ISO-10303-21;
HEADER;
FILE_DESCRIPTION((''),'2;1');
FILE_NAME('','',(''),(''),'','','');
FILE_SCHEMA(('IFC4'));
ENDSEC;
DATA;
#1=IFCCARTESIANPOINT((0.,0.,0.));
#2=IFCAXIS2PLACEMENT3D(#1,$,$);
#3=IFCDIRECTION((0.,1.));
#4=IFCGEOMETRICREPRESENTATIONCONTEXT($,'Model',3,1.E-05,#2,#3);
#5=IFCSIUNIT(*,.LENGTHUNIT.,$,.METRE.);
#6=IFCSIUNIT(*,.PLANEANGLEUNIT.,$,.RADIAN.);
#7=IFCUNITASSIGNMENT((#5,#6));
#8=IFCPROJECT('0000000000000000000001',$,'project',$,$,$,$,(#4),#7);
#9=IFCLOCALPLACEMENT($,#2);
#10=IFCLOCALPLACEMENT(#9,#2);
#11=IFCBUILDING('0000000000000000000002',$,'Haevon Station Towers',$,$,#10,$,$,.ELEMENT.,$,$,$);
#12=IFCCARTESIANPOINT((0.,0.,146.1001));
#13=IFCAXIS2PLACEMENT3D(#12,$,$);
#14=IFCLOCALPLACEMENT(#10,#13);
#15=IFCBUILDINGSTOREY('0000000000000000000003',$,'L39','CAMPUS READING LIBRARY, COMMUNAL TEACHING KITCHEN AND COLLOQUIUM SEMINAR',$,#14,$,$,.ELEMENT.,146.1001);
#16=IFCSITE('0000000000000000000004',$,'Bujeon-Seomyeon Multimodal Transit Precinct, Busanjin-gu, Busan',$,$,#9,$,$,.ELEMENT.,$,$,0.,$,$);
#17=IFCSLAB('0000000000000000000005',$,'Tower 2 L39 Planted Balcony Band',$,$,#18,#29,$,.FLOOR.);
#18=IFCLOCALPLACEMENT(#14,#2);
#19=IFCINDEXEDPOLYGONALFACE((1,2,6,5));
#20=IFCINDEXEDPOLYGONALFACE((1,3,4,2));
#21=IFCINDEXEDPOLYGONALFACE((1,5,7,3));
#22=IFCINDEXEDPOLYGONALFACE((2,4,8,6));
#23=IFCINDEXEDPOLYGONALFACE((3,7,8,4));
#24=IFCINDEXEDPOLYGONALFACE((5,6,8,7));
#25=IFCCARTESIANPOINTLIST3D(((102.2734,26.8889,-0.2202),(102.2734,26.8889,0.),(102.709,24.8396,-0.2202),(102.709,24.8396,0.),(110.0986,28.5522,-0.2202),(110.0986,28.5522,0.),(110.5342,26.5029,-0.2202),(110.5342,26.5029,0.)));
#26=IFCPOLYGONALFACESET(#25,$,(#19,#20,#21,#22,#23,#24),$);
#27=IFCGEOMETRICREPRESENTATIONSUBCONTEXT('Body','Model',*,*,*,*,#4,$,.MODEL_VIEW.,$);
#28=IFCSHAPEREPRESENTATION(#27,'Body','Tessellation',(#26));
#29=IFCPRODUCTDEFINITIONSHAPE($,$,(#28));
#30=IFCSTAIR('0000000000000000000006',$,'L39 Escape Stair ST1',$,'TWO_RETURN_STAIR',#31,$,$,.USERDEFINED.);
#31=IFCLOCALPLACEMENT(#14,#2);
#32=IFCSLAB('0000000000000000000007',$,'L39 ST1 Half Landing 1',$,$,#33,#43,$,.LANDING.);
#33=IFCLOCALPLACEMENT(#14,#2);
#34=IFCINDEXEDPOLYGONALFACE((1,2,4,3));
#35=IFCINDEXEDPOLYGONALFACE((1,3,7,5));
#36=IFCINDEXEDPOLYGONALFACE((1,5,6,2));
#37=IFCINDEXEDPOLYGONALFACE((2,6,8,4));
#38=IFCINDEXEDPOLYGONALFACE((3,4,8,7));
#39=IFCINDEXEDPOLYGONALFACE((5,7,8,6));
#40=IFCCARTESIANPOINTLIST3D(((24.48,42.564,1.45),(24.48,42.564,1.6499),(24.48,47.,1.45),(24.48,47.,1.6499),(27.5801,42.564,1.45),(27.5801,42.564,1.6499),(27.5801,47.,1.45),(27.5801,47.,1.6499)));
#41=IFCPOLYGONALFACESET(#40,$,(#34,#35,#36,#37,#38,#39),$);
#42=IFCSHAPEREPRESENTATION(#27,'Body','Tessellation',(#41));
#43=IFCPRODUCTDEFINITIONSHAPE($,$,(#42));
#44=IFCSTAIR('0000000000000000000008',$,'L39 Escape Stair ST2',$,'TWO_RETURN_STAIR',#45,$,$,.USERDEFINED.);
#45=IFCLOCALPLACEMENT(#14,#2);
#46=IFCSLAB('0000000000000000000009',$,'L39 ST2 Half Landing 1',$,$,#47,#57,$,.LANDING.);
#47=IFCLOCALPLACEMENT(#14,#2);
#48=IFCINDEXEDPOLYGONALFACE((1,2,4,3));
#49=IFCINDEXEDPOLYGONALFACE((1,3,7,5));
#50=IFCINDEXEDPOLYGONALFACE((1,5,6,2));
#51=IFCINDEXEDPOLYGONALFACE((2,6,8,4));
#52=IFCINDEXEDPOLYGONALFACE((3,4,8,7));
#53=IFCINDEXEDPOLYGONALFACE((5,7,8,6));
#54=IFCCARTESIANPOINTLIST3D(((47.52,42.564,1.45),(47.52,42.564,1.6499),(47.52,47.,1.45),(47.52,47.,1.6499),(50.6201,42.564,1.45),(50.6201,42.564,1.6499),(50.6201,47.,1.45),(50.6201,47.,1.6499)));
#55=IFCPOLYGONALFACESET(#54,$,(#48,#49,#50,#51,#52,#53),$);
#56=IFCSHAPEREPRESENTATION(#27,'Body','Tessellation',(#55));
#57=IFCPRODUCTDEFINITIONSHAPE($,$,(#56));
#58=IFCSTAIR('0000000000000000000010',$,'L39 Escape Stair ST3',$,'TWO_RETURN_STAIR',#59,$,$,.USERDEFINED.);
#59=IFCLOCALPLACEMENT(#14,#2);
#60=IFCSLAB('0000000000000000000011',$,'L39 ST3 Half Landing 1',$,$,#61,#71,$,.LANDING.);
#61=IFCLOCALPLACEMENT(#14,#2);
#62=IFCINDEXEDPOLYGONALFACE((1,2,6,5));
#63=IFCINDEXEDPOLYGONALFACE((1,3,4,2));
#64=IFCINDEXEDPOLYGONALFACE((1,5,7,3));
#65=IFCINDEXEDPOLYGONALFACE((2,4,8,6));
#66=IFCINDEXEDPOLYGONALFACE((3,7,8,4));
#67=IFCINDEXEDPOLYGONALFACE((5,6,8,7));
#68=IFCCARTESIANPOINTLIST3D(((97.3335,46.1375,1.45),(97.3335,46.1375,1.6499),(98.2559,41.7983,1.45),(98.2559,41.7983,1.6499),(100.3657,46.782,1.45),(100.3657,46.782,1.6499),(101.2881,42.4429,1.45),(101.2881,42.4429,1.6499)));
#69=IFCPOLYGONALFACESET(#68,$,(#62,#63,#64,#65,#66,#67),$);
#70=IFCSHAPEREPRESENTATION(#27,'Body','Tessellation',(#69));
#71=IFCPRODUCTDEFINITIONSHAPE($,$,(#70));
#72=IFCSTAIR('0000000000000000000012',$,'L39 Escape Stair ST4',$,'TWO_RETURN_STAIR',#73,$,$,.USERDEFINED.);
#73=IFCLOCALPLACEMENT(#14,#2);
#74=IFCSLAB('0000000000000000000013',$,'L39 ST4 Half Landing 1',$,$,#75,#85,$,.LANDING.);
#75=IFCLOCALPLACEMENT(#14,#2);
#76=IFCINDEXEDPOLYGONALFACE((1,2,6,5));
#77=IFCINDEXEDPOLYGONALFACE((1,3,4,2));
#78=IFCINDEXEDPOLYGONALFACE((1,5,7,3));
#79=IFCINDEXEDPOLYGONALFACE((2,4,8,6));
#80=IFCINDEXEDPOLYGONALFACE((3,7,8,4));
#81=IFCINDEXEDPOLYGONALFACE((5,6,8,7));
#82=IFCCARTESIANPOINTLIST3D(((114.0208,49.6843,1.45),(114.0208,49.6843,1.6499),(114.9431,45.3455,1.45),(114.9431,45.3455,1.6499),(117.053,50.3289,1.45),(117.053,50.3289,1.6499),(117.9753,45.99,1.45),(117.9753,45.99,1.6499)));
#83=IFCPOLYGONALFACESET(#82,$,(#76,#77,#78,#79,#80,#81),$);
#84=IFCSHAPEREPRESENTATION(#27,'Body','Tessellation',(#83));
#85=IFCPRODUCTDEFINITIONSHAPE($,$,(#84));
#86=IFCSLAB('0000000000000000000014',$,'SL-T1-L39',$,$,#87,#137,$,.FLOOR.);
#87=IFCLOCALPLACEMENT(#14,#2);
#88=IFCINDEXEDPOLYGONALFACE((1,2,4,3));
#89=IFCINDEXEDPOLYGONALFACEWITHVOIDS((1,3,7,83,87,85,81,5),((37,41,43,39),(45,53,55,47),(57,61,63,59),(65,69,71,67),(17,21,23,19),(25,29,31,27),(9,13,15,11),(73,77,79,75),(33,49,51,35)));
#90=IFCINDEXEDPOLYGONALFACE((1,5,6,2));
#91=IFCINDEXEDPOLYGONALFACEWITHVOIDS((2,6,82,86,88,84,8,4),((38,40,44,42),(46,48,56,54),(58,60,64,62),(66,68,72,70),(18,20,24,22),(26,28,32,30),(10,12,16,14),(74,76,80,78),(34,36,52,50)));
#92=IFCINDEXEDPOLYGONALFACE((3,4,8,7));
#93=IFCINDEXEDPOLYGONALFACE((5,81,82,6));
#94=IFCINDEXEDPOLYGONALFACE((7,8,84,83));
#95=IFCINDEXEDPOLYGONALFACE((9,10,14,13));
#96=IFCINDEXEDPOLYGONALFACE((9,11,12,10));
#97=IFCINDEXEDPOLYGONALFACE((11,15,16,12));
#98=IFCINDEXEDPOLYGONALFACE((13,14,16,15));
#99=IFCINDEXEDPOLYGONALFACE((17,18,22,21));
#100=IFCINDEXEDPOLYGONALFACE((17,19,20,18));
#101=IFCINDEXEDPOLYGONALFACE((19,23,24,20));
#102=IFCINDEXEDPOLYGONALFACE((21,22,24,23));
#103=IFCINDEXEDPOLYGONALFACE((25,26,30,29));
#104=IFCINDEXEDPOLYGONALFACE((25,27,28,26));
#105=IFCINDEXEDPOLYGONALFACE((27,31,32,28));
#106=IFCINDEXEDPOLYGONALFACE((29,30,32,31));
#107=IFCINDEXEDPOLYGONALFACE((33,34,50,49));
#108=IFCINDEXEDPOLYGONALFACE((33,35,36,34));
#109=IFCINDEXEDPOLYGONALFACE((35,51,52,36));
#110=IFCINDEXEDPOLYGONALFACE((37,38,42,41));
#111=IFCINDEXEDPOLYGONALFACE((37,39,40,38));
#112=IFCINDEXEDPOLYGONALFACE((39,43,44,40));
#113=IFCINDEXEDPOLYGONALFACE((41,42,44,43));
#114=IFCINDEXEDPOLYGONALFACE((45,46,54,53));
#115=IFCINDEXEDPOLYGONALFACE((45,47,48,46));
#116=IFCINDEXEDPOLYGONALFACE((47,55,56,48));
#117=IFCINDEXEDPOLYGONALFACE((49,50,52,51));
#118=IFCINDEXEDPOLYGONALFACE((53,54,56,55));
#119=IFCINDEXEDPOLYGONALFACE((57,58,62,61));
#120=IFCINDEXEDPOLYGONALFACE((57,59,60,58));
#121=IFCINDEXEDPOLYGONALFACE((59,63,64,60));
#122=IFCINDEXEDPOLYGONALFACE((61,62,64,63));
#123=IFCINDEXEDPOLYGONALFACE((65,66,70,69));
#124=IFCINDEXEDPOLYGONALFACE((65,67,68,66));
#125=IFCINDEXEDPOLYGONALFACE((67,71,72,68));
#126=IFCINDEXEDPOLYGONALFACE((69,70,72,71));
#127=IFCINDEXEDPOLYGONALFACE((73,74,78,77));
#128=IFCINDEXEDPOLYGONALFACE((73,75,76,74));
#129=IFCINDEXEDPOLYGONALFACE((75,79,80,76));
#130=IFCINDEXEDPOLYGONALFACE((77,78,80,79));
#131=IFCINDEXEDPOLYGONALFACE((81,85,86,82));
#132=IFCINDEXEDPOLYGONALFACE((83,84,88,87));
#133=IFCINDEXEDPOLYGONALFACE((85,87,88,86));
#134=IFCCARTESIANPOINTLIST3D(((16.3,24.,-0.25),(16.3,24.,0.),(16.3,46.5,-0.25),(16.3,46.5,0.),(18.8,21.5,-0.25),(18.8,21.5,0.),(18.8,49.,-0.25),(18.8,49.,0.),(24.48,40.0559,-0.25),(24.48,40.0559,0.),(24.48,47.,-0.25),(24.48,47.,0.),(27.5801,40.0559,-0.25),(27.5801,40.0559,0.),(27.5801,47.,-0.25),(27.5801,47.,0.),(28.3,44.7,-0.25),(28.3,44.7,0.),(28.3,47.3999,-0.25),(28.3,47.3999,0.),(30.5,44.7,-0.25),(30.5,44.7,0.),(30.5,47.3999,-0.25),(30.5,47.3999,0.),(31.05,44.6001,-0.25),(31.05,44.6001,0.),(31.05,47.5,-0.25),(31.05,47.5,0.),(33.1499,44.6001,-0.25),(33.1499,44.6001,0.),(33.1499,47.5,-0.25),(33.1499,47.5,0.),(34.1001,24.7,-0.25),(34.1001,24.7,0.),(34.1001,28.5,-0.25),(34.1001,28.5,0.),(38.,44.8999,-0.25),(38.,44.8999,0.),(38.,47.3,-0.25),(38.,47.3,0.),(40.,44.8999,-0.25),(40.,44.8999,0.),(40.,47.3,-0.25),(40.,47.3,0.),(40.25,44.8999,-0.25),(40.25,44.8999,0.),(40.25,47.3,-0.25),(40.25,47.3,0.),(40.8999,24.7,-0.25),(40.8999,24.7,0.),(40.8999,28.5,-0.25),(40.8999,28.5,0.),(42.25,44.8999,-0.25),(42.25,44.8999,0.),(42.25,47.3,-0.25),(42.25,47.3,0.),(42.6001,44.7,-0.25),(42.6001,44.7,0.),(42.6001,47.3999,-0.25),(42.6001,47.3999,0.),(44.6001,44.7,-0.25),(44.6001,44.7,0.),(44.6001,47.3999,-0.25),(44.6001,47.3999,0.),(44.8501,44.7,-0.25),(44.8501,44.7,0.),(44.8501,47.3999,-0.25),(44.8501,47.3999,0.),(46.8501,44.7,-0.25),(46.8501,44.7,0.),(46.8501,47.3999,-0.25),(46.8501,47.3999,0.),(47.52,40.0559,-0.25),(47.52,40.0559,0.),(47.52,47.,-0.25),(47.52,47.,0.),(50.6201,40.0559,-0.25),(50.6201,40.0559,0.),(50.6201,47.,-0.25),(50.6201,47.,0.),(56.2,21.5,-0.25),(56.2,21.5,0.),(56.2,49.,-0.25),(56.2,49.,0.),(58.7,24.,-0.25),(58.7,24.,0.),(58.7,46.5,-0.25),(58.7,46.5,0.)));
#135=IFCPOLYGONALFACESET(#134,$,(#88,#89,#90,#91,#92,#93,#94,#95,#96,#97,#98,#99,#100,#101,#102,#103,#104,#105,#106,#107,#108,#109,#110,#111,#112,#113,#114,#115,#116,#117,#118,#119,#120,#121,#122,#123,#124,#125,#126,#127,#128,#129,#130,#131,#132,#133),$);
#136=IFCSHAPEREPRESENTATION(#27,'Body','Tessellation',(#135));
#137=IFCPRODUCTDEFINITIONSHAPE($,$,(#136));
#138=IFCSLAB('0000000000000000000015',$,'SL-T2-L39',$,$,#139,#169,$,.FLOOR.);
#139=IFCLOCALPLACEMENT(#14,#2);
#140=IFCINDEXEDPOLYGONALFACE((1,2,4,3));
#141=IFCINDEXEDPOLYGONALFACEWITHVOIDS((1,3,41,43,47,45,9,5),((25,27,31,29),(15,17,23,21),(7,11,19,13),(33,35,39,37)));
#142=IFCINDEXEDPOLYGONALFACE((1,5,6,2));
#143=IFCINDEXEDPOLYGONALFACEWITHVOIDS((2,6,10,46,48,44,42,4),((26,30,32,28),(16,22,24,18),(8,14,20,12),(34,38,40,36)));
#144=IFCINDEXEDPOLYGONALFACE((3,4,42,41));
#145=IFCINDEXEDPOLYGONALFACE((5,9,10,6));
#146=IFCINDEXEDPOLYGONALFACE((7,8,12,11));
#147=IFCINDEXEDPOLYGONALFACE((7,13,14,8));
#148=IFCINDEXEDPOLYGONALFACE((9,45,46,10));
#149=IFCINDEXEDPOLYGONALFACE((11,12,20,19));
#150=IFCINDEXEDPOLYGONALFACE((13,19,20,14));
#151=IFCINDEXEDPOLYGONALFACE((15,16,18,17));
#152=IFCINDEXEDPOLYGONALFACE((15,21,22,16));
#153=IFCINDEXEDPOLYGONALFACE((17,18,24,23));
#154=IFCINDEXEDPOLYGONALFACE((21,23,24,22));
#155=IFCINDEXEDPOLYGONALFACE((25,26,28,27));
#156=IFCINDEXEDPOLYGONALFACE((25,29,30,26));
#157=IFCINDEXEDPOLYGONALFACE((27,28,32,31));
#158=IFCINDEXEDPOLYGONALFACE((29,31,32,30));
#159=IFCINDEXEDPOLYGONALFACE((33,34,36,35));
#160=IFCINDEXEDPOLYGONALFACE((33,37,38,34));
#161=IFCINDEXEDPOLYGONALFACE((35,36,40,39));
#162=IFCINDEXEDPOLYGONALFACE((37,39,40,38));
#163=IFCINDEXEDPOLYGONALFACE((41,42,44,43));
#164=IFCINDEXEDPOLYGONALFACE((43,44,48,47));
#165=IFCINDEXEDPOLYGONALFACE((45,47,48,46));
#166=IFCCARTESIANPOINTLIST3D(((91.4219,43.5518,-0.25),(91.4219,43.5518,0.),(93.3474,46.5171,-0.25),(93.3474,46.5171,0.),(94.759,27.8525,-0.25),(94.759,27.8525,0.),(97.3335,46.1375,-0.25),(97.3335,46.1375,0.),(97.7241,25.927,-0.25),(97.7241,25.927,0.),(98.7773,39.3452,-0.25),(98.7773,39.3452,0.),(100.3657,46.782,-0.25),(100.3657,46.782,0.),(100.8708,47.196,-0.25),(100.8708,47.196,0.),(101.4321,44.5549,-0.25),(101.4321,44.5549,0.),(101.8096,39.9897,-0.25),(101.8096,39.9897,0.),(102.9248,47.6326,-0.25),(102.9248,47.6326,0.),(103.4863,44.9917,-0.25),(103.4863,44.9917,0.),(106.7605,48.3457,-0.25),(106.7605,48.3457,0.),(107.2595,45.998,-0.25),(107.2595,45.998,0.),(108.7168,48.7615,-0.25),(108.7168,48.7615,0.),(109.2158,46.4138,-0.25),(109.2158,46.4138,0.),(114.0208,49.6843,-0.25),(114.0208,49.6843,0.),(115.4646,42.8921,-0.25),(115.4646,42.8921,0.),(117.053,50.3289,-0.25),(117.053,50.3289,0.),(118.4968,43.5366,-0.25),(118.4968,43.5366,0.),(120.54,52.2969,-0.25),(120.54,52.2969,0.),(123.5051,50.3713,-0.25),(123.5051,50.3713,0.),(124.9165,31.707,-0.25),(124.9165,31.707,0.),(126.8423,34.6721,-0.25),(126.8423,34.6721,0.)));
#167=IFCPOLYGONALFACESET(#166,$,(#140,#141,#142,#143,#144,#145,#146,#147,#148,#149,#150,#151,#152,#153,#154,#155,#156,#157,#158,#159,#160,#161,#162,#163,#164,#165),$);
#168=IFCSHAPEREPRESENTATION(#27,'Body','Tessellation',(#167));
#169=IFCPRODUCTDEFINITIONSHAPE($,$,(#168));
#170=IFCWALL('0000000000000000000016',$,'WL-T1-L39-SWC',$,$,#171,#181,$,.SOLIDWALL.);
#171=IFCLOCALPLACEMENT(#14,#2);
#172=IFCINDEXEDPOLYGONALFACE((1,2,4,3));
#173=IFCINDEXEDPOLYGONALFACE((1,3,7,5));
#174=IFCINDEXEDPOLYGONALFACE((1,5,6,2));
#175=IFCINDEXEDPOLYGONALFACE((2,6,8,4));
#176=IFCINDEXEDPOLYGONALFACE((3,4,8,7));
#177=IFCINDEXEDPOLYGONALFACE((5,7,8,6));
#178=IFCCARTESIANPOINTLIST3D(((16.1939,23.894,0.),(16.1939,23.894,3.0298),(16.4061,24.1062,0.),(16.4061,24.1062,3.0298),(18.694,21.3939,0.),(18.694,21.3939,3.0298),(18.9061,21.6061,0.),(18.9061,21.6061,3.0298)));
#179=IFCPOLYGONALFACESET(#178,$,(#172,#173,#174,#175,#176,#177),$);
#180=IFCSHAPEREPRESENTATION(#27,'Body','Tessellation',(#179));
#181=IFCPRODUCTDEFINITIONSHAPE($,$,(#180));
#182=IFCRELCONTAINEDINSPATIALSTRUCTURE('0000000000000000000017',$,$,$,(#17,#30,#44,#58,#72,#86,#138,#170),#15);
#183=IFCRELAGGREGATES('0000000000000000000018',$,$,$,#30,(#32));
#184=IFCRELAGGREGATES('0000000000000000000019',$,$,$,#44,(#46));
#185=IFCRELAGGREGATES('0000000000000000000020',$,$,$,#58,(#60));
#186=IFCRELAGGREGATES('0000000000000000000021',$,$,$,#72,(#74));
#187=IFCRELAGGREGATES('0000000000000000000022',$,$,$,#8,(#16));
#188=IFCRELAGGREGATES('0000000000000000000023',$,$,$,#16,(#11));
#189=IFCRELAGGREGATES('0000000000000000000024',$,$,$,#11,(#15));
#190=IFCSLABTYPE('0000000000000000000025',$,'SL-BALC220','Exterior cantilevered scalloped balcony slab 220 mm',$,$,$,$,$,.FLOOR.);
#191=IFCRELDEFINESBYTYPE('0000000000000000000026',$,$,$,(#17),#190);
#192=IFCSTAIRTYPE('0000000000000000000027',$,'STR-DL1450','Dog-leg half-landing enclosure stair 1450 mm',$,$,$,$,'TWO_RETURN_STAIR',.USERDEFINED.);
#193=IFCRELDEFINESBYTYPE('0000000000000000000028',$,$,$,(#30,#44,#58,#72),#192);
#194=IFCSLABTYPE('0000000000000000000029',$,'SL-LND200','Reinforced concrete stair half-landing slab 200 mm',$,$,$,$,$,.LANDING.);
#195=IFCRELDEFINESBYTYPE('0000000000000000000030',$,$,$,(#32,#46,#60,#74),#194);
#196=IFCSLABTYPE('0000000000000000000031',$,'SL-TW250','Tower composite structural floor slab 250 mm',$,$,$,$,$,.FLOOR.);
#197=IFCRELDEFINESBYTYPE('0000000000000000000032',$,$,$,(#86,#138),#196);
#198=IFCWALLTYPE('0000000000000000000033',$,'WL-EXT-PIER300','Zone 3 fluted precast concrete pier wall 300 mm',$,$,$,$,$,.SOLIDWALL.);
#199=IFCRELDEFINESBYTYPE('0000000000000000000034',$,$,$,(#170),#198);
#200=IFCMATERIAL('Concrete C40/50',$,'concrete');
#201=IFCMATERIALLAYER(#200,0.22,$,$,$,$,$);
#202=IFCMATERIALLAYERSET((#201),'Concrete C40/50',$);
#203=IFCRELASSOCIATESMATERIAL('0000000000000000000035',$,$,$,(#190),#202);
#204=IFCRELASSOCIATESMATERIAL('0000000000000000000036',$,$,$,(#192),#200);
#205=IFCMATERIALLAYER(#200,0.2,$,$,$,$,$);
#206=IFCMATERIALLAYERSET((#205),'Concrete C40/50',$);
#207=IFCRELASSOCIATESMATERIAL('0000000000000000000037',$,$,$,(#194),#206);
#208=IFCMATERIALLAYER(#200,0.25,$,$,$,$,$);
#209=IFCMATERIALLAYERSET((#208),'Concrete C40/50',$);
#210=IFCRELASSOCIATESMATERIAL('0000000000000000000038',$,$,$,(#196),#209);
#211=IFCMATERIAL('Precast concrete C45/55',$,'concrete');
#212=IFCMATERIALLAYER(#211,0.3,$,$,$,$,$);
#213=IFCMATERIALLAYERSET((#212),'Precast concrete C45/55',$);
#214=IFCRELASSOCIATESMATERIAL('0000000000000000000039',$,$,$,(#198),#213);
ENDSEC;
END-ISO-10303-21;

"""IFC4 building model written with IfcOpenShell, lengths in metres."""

from ifc_helpers import new_model, si_unit, direction, frame, frame_2d, origin, place, context, subcontext, project, spatial, polyline, rectangle, outline, extrude, material, layer, layer_set, type_object, element, aggregate, save


model = new_model("IFC4")

# Units and contexts
model_context = context("Model", 3, precision=1e-05, world=origin(), true_north=direction((0.0, 1.0)))
body_context = subcontext(model_context, "Body", "Model", "MODEL_VIEW")
ifc_project = project(units=[si_unit("LENGTHUNIT", "METRE"), si_unit("PLANEANGLEUNIT", "RADIAN")], contexts=[model_context])

# Site, building, storey
site_placement = place(None, origin())
site = spatial("IfcSite", under=ifc_project, at=site_placement, Name="Bujeon-Seomyeon Multimodal Transit Precinct, Busanjin-gu, Busan", CompositionType="ELEMENT", RefElevation=0.0)
building_placement = place(site_placement, origin())
building = spatial("IfcBuilding", under=site, at=building_placement, Name="Haevon Station Towers", CompositionType="ELEMENT")
storey_placement = place(building_placement, frame((0.0, 0.0, 146.1001)))
storey = spatial("IfcBuildingStorey", under=building, at=storey_placement, Name="L39", Description="CAMPUS READING LIBRARY, COMMUNAL TEACHING KITCHEN AND COLLOQUIUM SEMINAR", CompositionType="ELEMENT", Elevation=146.1001)

# Slab
ifc_material_1 = material(Name="Concrete C40/50", Category="concrete")
ifc_layer_1 = layer(ifc_material_1, 0.22)
ifc_layer_set_1 = layer_set([ifc_layer_1], Name="Concrete C40/50")
slab_type_1 = type_object("IfcSlabType", Name="SL-BALC220", Description="Exterior cantilevered scalloped balcony slab 220 mm", PredefinedType="FLOOR", material=ifc_layer_set_1)
slab_1_placement = place(storey_placement, frame((0.0, 0.0, -0.2202)))
element("IfcSlab", 1, at=slab_1_placement, inside=storey, type_object=slab_type_1, Name="Tower 2 L39 Planted Balcony Band", PredefinedType="FLOOR", context=body_context, shape_type="SweptSolid", body=[
    extrude(outline(polyline([(102.709, 24.8396), (110.5342, 26.5029), (110.0986, 28.5522), (102.2734, 26.8889), (102.709, 24.8396)])), origin(), (0.0, 0.0, 1.0), 0.2202),
])

# Stairs, slabs
stair_type = type_object("IfcStairType", Name="STR-DL1450", Description="Dog-leg half-landing enclosure stair 1450 mm", ElementType="TWO_RETURN_STAIR", PredefinedType="USERDEFINED", material=ifc_material_1)
stair_1_placement = place(storey_placement, origin())
stair_1 = element("IfcStair", 2, at=stair_1_placement, inside=storey, type_object=stair_type, Name="L39 Escape Stair ST1", ObjectType="TWO_RETURN_STAIR", PredefinedType="USERDEFINED")
ifc_layer_2 = layer(ifc_material_1, 0.2)
ifc_layer_set_2 = layer_set([ifc_layer_2], Name="Concrete C40/50")
slab_type_2 = type_object("IfcSlabType", Name="SL-LND200", Description="Reinforced concrete stair half-landing slab 200 mm", PredefinedType="LANDING", material=ifc_layer_set_2)
slab_2_placement = place(storey_placement, frame((0.0, 0.0, 1.45)))
slab_2 = element("IfcSlab", 3, at=slab_2_placement, type_object=slab_type_2, Name="L39 ST1 Half Landing 1", PredefinedType="LANDING", context=body_context, shape_type="SweptSolid", body=[
    extrude(outline(polyline([(27.5801, 42.564), (27.5801, 47.0), (24.48, 47.0), (24.48, 42.564), (27.5801, 42.564)])), origin(), (0.0, 0.0, 1.0), 0.2),
])
aggregate(stair_1, [slab_2])
stair_2_placement = place(storey_placement, origin())
stair_2 = element("IfcStair", 4, at=stair_2_placement, inside=storey, type_object=stair_type, Name="L39 Escape Stair ST2", ObjectType="TWO_RETURN_STAIR", PredefinedType="USERDEFINED")
slab_3_placement = place(storey_placement, frame((0.0, 0.0, 1.45)))
slab_3 = element("IfcSlab", 5, at=slab_3_placement, type_object=slab_type_2, Name="L39 ST2 Half Landing 1", PredefinedType="LANDING", context=body_context, shape_type="SweptSolid", body=[
    extrude(outline(polyline([(50.6201, 42.564), (50.6201, 47.0), (47.52, 47.0), (47.52, 42.564), (50.6201, 42.564)])), origin(), (0.0, 0.0, 1.0), 0.2),
])
aggregate(stair_2, [slab_3])
stair_3_placement = place(storey_placement, origin())
stair_3 = element("IfcStair", 6, at=stair_3_placement, inside=storey, type_object=stair_type, Name="L39 Escape Stair ST3", ObjectType="TWO_RETURN_STAIR", PredefinedType="USERDEFINED")
slab_4_placement = place(storey_placement, frame((0.0, 0.0, 1.45)))
slab_4 = element("IfcSlab", 7, at=slab_4_placement, type_object=slab_type_2, Name="L39 ST3 Half Landing 1", PredefinedType="LANDING", context=body_context, shape_type="SweptSolid", body=[
    extrude(outline(polyline([(101.2881, 42.4429), (100.3657, 46.782), (97.3335, 46.1375), (98.2559, 41.7983), (101.2881, 42.4429)])), origin(), (0.0, 0.0, 1.0), 0.2),
])
aggregate(stair_3, [slab_4])
stair_4_placement = place(storey_placement, origin())
stair_4 = element("IfcStair", 8, at=stair_4_placement, inside=storey, type_object=stair_type, Name="L39 Escape Stair ST4", ObjectType="TWO_RETURN_STAIR", PredefinedType="USERDEFINED")
slab_5_placement = place(storey_placement, frame((0.0, 0.0, 1.45)))
slab_5 = element("IfcSlab", 9, at=slab_5_placement, type_object=slab_type_2, Name="L39 ST4 Half Landing 1", PredefinedType="LANDING", context=body_context, shape_type="SweptSolid", body=[
    extrude(outline(polyline([(117.9753, 45.99), (117.053, 50.3289), (114.0208, 49.6843), (114.9431, 45.3455), (117.9753, 45.99)])), origin(), (0.0, 0.0, 1.0), 0.2),
])
aggregate(stair_4, [slab_5])

# Slabs
ifc_layer_3 = layer(ifc_material_1, 0.25)
ifc_layer_set_3 = layer_set([ifc_layer_3], Name="Concrete C40/50")
slab_type_3 = type_object("IfcSlabType", Name="SL-TW250", Description="Tower composite structural floor slab 250 mm", PredefinedType="FLOOR", material=ifc_layer_set_3)
slab_6_placement = place(storey_placement, frame((0.0, 0.0, -0.25)))
element("IfcSlab", 10, at=slab_6_placement, inside=storey, type_object=slab_type_3, Name="SL-T1-L39", PredefinedType="FLOOR", context=body_context, shape_type="SweptSolid", body=[
    extrude(outline(polyline([(18.8, 21.5), (56.2, 21.5), (58.7, 24.0), (58.7, 46.5), (56.2, 49.0), (18.8, 49.0), (16.3, 46.5), (16.3, 24.0), (18.8, 21.5)]), holes=[polyline([(27.5801, 40.0559), (27.5801, 47.0), (24.48, 47.0), (24.48, 40.0559), (27.5801, 40.0559)]), polyline([(50.6201, 40.0559), (50.6201, 47.0), (47.52, 47.0), (47.52, 40.0559), (50.6201, 40.0559)]), polyline([(28.3, 44.7), (30.5, 44.7), (30.5, 47.3999), (28.3, 47.3999), (28.3, 44.7)]), polyline([(31.05, 44.6001), (33.1499, 44.6001), (33.1499, 47.5), (31.05, 47.5), (31.05, 44.6001)]), polyline([(38.0, 44.8999), (40.0, 44.8999), (40.0, 47.3), (38.0, 47.3), (38.0, 44.8999)]), polyline([(40.25, 44.8999), (42.25, 44.8999), (42.25, 47.3), (40.25, 47.3), (40.25, 44.8999)]), polyline([(42.6001, 44.7), (44.6001, 44.7), (44.6001, 47.3999), (42.6001, 47.3999), (42.6001, 44.7)]), polyline([(44.8501, 44.7), (46.8501, 44.7), (46.8501, 47.3999), (44.8501, 47.3999), (44.8501, 44.7)]), polyline([(34.1001, 24.7), (40.8999, 24.7), (40.8999, 28.5), (34.1001, 28.5), (34.1001, 24.7)])]), origin(), (0.0, 0.0, 1.0), 0.25),
])
slab_7_placement = place(storey_placement, frame((0.0, 0.0, -0.25)))
element("IfcSlab", 11, at=slab_7_placement, inside=storey, type_object=slab_type_3, Name="SL-T2-L39", PredefinedType="FLOOR", context=body_context, shape_type="SweptSolid", body=[
    extrude(outline(polyline([(97.7241, 25.927), (124.9165, 31.707), (126.8423, 34.6721), (123.5051, 50.3713), (120.54, 52.2969), (93.3474, 46.5171), (91.4219, 43.5518), (94.759, 27.8525), (97.7241, 25.927)]), holes=[polyline([(101.8096, 39.9897), (100.3657, 46.782), (97.3335, 46.1375), (98.7773, 39.3452), (101.8096, 39.9897)]), polyline([(118.4968, 43.5366), (117.053, 50.3289), (114.0208, 49.6843), (115.4646, 42.8921), (118.4968, 43.5366)]), polyline([(101.4321, 44.5549), (103.4863, 44.9917), (102.9248, 47.6326), (100.8708, 47.196), (101.4321, 44.5549)]), polyline([(107.2595, 45.998), (109.2158, 46.4138), (108.7168, 48.7615), (106.7605, 48.3457), (107.2595, 45.998)])]), origin(), (0.0, 0.0, 1.0), 0.25),
])

# Wall
ifc_material_2 = material(Name="Precast concrete C45/55", Category="concrete")
ifc_layer_4 = layer(ifc_material_2, 0.3)
ifc_layer_set_4 = layer_set([ifc_layer_4], Name="Precast concrete C45/55")
wall_type_1 = type_object("IfcWallType", Name="WL-EXT-PIER300", Description="Zone 3 fluted precast concrete pier wall 300 mm", PredefinedType="SOLIDWALL", material=ifc_layer_set_4)
wall_1_placement = place(storey_placement, frame((18.8, 21.5, 0.0), z_axis=(0.0, 0.0, 1.0), x_axis=(-0.707107, 0.707107, 0.0)))
element("IfcWall", 12, at=wall_1_placement, inside=storey, type_object=wall_type_1, Name="WL-T1-L39-SWC", PredefinedType="SOLIDWALL", context=body_context, shape_type="SweptSolid", body=[
    extrude(rectangle(XDim=3.5356, YDim=0.3, at=frame_2d((1.7678, 0.0))), origin(), (0.0, 0.0, 1.0), 3.0298),
])

save(model, "model.ifc")
